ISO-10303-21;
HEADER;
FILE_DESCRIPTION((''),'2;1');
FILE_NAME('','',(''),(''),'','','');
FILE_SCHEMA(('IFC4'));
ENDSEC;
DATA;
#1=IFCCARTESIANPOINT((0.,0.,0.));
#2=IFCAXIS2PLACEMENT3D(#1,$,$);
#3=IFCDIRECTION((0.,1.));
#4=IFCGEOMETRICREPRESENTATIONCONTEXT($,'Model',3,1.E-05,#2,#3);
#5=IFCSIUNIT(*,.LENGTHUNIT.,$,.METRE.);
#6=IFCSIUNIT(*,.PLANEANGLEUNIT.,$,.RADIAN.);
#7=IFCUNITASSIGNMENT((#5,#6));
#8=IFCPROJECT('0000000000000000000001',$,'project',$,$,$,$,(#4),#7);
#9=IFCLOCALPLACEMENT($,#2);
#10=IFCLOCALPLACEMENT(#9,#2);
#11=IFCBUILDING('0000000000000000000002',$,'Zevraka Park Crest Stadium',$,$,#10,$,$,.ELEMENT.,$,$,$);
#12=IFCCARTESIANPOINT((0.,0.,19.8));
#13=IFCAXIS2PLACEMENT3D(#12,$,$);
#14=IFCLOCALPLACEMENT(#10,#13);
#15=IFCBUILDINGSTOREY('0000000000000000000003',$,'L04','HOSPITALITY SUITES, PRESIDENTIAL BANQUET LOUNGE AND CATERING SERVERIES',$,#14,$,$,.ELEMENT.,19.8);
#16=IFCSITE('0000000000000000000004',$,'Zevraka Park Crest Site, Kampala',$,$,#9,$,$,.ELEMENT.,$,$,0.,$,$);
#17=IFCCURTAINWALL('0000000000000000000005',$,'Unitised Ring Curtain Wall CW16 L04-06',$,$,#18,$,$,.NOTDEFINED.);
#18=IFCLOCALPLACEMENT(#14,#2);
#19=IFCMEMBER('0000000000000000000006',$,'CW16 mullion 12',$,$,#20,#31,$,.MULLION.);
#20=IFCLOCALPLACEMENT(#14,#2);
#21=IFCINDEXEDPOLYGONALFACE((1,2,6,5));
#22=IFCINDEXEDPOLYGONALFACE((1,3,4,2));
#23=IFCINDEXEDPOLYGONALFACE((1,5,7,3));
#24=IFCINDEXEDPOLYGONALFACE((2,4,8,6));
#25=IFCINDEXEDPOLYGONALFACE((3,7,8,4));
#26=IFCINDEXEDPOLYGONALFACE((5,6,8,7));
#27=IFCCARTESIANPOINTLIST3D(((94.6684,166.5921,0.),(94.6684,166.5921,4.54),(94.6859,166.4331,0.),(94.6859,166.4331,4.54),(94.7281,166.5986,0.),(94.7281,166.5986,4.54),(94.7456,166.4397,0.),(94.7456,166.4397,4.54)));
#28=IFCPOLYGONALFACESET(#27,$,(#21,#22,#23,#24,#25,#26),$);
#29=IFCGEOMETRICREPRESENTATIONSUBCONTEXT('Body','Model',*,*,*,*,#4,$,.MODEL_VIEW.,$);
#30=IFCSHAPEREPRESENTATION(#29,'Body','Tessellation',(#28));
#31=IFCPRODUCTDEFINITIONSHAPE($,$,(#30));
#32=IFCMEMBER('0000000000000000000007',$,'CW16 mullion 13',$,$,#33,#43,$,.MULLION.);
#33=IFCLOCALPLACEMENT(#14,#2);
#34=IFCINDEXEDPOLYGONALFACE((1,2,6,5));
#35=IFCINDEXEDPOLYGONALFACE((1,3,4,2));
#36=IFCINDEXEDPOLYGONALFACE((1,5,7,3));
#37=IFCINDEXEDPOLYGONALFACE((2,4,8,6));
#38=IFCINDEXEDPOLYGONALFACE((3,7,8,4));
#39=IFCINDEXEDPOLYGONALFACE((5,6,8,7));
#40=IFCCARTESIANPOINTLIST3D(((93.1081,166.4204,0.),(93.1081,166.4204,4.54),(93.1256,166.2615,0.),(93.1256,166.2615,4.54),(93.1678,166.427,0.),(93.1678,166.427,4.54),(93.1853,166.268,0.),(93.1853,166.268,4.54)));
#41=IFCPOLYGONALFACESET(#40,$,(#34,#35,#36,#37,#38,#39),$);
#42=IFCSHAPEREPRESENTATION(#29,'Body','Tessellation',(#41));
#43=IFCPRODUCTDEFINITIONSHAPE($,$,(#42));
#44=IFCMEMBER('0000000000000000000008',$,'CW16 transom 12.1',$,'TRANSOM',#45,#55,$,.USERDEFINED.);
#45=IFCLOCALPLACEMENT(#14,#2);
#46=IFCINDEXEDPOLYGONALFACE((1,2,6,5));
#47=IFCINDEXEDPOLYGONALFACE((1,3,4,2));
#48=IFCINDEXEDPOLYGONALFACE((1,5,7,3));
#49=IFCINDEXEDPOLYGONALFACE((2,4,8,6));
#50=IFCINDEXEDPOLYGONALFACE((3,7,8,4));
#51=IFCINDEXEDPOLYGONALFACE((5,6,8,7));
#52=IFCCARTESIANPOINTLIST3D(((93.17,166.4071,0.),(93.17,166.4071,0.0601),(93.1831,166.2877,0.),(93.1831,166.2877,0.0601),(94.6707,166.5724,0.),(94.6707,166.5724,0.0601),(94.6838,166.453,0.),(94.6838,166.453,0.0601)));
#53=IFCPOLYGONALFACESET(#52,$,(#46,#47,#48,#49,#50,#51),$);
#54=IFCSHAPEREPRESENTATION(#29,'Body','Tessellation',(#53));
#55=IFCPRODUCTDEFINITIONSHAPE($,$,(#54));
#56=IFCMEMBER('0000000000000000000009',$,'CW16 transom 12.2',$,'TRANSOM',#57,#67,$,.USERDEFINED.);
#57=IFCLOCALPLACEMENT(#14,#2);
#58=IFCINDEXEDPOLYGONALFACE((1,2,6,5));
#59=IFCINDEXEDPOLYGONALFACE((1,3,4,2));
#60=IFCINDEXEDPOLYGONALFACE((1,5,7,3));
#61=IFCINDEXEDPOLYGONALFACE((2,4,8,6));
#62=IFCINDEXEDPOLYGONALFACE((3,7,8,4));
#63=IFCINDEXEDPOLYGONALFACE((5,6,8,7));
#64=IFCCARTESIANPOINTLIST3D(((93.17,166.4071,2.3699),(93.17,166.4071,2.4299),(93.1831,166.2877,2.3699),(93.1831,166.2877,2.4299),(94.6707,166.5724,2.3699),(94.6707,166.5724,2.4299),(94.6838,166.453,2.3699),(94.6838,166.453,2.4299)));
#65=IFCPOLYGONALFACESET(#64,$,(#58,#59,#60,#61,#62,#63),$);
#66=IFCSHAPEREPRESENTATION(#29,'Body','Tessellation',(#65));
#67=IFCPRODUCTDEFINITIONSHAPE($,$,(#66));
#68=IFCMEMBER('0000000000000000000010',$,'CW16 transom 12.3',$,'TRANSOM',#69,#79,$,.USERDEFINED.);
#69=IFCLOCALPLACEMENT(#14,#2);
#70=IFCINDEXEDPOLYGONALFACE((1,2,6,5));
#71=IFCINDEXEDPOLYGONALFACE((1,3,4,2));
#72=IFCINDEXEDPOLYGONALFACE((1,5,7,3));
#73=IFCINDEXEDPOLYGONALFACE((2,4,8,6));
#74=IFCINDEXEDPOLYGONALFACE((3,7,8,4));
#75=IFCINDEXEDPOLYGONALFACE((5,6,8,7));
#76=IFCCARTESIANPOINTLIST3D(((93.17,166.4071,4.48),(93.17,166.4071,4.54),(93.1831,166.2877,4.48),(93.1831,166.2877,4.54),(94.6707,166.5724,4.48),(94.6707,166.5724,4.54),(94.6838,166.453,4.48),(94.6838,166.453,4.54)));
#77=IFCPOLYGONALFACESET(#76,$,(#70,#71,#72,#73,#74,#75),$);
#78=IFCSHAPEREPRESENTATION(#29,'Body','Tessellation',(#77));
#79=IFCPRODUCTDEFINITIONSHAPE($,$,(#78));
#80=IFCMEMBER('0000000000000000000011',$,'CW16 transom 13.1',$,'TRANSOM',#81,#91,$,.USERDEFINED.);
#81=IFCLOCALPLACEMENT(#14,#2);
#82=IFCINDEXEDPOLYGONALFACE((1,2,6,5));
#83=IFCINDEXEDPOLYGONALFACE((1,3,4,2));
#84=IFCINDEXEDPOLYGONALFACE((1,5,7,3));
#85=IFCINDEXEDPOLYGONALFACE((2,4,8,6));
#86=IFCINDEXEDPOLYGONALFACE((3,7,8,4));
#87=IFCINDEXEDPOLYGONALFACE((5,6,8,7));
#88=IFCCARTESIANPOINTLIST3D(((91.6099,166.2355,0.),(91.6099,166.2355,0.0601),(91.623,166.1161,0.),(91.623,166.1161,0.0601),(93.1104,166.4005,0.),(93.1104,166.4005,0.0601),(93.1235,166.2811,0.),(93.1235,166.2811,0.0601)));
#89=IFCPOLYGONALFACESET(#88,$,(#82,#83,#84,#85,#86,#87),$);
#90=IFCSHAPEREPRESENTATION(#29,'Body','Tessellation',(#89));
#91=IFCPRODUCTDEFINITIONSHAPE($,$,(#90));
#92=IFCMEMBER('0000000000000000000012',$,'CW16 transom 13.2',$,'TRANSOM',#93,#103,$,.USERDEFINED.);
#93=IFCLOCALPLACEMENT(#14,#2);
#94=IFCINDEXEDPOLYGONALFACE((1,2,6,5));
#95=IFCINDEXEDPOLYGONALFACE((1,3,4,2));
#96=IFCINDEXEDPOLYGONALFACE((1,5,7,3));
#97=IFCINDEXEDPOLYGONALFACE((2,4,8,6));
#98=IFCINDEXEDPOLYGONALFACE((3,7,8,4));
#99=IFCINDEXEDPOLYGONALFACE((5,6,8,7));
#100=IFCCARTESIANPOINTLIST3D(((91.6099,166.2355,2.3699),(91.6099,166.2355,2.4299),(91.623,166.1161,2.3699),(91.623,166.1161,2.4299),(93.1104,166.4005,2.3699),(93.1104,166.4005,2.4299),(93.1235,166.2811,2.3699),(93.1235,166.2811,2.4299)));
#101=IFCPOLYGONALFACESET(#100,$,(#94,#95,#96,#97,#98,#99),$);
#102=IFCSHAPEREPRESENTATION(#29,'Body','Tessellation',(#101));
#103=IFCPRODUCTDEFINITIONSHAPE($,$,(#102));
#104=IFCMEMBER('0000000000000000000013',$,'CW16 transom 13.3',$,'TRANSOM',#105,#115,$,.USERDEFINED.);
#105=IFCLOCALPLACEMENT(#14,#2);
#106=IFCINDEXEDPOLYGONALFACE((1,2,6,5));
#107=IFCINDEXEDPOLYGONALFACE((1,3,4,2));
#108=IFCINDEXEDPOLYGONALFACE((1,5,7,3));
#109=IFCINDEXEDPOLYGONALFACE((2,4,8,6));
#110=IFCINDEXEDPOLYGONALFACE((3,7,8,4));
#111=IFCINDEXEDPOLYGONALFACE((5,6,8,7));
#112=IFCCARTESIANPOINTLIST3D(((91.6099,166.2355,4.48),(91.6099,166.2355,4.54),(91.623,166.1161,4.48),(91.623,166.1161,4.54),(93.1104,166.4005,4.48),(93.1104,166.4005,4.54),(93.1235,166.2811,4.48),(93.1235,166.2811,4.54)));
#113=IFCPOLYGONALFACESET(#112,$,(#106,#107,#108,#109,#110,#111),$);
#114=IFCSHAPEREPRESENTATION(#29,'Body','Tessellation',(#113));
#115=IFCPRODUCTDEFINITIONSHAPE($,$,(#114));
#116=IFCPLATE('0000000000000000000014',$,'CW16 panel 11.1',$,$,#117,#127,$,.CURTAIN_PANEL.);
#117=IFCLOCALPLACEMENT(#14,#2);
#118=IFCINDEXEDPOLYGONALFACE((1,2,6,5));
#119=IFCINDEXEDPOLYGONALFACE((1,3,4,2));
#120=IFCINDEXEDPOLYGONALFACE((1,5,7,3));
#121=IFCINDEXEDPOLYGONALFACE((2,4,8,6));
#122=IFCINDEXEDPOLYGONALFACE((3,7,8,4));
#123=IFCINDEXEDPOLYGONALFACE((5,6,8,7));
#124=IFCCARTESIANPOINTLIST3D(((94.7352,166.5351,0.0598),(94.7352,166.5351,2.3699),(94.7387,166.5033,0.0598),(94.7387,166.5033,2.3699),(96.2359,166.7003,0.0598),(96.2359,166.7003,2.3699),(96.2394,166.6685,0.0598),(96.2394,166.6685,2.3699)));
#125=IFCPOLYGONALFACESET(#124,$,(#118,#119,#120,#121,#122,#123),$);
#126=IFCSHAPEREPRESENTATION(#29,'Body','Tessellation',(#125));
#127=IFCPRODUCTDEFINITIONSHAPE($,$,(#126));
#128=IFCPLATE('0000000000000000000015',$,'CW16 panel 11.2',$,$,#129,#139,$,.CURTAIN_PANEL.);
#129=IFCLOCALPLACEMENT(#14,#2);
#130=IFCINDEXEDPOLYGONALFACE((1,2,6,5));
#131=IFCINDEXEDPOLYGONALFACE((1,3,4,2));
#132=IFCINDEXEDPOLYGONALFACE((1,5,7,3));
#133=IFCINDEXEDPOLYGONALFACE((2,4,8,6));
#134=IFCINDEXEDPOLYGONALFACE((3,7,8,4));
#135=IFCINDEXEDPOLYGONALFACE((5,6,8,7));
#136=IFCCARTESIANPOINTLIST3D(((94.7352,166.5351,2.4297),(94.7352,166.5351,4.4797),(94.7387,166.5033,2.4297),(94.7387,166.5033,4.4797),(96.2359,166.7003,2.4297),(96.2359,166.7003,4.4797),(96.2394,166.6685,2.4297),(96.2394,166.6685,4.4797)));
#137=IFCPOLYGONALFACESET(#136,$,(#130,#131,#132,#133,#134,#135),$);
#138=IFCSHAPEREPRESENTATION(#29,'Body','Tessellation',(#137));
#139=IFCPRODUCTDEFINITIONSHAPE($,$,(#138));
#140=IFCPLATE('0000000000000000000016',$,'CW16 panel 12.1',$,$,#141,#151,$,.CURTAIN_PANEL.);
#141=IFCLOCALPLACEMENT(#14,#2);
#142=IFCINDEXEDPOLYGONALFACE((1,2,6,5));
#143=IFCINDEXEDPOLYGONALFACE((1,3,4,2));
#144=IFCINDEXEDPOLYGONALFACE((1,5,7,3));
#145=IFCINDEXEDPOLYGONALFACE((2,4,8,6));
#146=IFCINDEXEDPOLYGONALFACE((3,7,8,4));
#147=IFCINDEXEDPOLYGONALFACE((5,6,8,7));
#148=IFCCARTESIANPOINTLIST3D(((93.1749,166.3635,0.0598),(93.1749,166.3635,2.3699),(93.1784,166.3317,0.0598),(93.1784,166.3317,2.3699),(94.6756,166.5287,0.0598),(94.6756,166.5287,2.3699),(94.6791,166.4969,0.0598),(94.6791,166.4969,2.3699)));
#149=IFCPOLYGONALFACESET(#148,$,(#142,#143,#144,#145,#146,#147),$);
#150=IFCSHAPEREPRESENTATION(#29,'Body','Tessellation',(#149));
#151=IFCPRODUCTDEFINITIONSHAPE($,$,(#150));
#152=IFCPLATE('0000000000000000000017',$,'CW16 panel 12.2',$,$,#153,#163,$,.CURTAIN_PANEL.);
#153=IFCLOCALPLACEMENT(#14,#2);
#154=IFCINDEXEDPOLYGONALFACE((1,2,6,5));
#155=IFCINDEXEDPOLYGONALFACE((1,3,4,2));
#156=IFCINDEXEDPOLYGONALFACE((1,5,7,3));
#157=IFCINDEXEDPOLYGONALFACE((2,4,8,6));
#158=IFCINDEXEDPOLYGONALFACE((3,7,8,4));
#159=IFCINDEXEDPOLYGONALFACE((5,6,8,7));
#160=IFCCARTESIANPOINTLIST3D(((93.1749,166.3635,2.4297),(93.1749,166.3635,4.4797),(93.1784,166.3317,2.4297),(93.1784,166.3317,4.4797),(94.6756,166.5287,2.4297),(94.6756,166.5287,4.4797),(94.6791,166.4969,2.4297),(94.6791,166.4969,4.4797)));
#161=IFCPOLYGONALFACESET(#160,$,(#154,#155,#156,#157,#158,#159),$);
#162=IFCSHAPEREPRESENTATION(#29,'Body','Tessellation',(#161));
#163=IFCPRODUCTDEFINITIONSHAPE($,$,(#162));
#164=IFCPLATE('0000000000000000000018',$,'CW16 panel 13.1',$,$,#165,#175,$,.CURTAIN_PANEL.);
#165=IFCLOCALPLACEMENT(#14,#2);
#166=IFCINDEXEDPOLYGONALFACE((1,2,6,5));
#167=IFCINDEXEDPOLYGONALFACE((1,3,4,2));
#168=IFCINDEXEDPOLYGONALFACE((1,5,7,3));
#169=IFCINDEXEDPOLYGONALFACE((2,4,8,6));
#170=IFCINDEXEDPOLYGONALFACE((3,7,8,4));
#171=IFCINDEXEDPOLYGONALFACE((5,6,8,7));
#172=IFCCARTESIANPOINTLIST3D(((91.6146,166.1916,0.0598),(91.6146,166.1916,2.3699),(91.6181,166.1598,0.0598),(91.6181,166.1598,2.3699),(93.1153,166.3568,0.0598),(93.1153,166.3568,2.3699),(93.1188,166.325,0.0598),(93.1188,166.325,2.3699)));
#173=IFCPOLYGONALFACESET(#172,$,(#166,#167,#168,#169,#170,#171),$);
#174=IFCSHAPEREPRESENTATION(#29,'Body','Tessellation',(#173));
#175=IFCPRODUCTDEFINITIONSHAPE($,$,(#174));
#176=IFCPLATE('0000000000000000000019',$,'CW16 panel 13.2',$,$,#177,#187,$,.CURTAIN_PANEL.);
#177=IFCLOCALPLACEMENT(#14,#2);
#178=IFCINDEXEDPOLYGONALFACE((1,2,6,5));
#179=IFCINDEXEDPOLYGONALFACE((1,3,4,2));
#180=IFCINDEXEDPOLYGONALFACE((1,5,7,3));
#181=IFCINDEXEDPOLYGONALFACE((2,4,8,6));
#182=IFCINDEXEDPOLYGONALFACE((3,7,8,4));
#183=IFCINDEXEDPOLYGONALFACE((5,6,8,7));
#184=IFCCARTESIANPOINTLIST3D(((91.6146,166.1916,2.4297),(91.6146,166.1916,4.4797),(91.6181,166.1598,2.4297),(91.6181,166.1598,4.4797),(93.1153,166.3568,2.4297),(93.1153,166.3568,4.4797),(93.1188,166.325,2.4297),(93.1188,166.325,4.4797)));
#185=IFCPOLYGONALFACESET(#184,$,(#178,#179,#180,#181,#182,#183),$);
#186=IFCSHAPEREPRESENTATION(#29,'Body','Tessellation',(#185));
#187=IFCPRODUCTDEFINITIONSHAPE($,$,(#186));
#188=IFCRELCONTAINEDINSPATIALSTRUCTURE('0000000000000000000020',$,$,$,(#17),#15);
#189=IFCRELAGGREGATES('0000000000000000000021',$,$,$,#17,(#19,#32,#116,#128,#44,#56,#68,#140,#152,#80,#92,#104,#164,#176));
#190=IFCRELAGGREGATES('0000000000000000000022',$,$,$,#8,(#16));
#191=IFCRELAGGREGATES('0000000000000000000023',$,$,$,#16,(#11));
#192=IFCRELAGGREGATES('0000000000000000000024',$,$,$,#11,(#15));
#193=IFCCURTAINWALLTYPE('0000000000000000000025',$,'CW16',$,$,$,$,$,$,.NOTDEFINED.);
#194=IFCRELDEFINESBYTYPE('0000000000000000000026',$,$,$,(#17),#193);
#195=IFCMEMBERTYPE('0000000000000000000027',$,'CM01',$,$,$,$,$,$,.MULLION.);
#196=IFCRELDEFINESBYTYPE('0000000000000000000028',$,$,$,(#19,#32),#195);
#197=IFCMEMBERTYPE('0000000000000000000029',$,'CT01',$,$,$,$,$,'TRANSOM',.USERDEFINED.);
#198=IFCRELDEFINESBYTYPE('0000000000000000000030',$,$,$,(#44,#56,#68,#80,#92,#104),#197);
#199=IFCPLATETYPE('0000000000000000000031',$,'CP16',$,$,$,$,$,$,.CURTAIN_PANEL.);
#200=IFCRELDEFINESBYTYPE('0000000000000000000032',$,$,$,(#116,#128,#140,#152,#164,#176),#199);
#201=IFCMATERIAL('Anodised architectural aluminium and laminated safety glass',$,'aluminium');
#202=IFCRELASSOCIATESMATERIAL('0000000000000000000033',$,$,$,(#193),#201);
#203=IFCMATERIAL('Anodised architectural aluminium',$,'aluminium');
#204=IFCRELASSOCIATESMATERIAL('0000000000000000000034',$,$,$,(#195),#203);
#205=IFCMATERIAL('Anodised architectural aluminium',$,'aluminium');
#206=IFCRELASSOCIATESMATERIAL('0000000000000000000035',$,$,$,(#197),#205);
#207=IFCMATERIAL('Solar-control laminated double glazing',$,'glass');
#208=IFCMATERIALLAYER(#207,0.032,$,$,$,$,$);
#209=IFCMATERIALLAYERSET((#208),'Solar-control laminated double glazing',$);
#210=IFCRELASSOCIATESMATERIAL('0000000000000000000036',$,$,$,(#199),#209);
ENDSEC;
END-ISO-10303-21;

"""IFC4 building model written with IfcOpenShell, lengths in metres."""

from ifc_helpers import new_model, si_unit, direction, frame, origin, origin_2d, place, context, subcontext, project, spatial, rectangle, extrude, material, layer, layer_set, material_profile, profile_set, type_object, element, aggregate, save


model = new_model("IFC4")

# Units and contexts
model_context = context("Model", 3, precision=1e-05, world=origin(), true_north=direction((0.0, 1.0)))
body_context = subcontext(model_context, "Body", "Model", "MODEL_VIEW")
ifc_project = project(units=[si_unit("LENGTHUNIT", "METRE"), si_unit("PLANEANGLEUNIT", "RADIAN")], contexts=[model_context])

# Site, building, storey
site_placement = place(None, origin())
site = spatial("IfcSite", under=ifc_project, at=site_placement, Name="Zevraka Park Crest Site, Kampala", CompositionType="ELEMENT", RefElevation=0.0)
building_placement = place(site_placement, origin())
building = spatial("IfcBuilding", under=site, at=building_placement, Name="Zevraka Park Crest Stadium", CompositionType="ELEMENT")
storey_placement = place(building_placement, frame((0.0, 0.0, 19.8)))
storey = spatial("IfcBuildingStorey", under=building, at=storey_placement, Name="L04", Description="HOSPITALITY SUITES, PRESIDENTIAL BANQUET LOUNGE AND CATERING SERVERIES", CompositionType="ELEMENT", Elevation=19.8)

# Curtain wall, members, plates
ifc_material_1 = material(Name="Anodised architectural aluminium and laminated safety glass", Category="aluminium")
curtain_wall_type = type_object("IfcCurtainWallType", Name="CW16", PredefinedType="NOTDEFINED", material=ifc_material_1)
curtain_wall_placement = place(storey_placement, origin())
curtain_wall = element("IfcCurtainWall", 1, at=curtain_wall_placement, inside=storey, type_object=curtain_wall_type, Name="Unitised Ring Curtain Wall CW16 L04-06", PredefinedType="NOTDEFINED")
ifc_material_2 = material(Name="Anodised architectural aluminium", Category="aluminium")
ifc_material_profile_1 = material_profile(ifc_material_2, rectangle(XDim=0.1599, YDim=0.0601, at=origin_2d()), Name="ALU MULLION 160x60")
ifc_profile_set_1 = profile_set([ifc_material_profile_1], Name="Anodised architectural aluminium")
member_type_1 = type_object("IfcMemberType", Name="CM01", PredefinedType="MULLION", material=ifc_profile_set_1)
member_1_placement = place(storey_placement, frame((94.707, 166.5159, 0.0), z_axis=(0.0, 0.0, 1.0), x_axis=(0.109406, -0.993997, 0.0)))
member_1 = element("IfcMember", 2, at=member_1_placement, type_object=member_type_1, Name="CW16 mullion 12", PredefinedType="MULLION", context=body_context, shape_type="SweptSolid", body=[
    extrude(rectangle(XDim=0.1599, YDim=0.0601, at=origin_2d()), origin(), (0.0, 0.0, 1.0), 4.54),
])
member_2_placement = place(storey_placement, frame((93.1467, 166.3442, 0.0), z_axis=(0.0, 0.0, 1.0), x_axis=(0.109406, -0.993997, 0.0)))
member_2 = element("IfcMember", 3, at=member_2_placement, type_object=member_type_1, Name="CW16 mullion 13", PredefinedType="MULLION", context=body_context, shape_type="SweptSolid", body=[
    extrude(rectangle(XDim=0.1599, YDim=0.0601, at=origin_2d()), origin(), (0.0, 0.0, 1.0), 4.54),
])
ifc_material_3 = material(Name="Anodised architectural aluminium", Category="aluminium")
ifc_material_profile_2 = material_profile(ifc_material_3, rectangle(XDim=0.1201, YDim=0.0601, at=origin_2d()), Name="ALU TRANSOM 120x60")
ifc_profile_set_2 = profile_set([ifc_material_profile_2], Name="Anodised architectural aluminium")
member_type_2 = type_object("IfcMemberType", Name="CT01", ElementType="TRANSOM", PredefinedType="USERDEFINED", material=ifc_profile_set_2)
member_3_placement = place(storey_placement, frame((94.6772, 166.5127, 0.03), z_axis=(-0.99399, -0.109473, 0.0), x_axis=(0.109473, -0.99399, 0.0)))
member_3 = element("IfcMember", 4, at=member_3_placement, type_object=member_type_2, Name="CW16 transom 12.1", ObjectType="TRANSOM", PredefinedType="USERDEFINED", context=body_context, shape_type="SweptSolid", body=[
    extrude(rectangle(XDim=0.1201, YDim=0.0601, at=origin_2d()), origin(), (0.0, 0.0, 1.0), 1.5098),
])
member_4_placement = place(storey_placement, frame((94.6772, 166.5127, 2.3999), z_axis=(-0.99399, -0.109473, 0.0), x_axis=(0.109473, -0.99399, 0.0)))
member_4 = element("IfcMember", 5, at=member_4_placement, type_object=member_type_2, Name="CW16 transom 12.2", ObjectType="TRANSOM", PredefinedType="USERDEFINED", context=body_context, shape_type="SweptSolid", body=[
    extrude(rectangle(XDim=0.1201, YDim=0.0601, at=origin_2d()), origin(), (0.0, 0.0, 1.0), 1.5098),
])
member_5_placement = place(storey_placement, frame((94.6772, 166.5127, 4.51), z_axis=(-0.99399, -0.109473, 0.0), x_axis=(0.109473, -0.99399, 0.0)))
member_5 = element("IfcMember", 6, at=member_5_placement, type_object=member_type_2, Name="CW16 transom 12.3", ObjectType="TRANSOM", PredefinedType="USERDEFINED", context=body_context, shape_type="SweptSolid", body=[
    extrude(rectangle(XDim=0.1201, YDim=0.0601, at=origin_2d()), origin(), (0.0, 0.0, 1.0), 1.5098),
])
member_6_placement = place(storey_placement, frame((93.1169, 166.3408, 0.03), z_axis=(-0.994005, -0.109331, 0.0), x_axis=(0.109331, -0.994005, 0.0)))
member_6 = element("IfcMember", 7, at=member_6_placement, type_object=member_type_2, Name="CW16 transom 13.1", ObjectType="TRANSOM", PredefinedType="USERDEFINED", context=body_context, shape_type="SweptSolid", body=[
    extrude(rectangle(XDim=0.1201, YDim=0.0601, at=origin_2d()), origin(), (0.0, 0.0, 1.0), 1.5095),
])
member_7_placement = place(storey_placement, frame((93.1169, 166.3408, 2.3999), z_axis=(-0.994005, -0.109331, 0.0), x_axis=(0.109331, -0.994005, 0.0)))
member_7 = element("IfcMember", 8, at=member_7_placement, type_object=member_type_2, Name="CW16 transom 13.2", ObjectType="TRANSOM", PredefinedType="USERDEFINED", context=body_context, shape_type="SweptSolid", body=[
    extrude(rectangle(XDim=0.1201, YDim=0.0601, at=origin_2d()), origin(), (0.0, 0.0, 1.0), 1.5095),
])
member_8_placement = place(storey_placement, frame((93.1169, 166.3408, 4.51), z_axis=(-0.994005, -0.109331, 0.0), x_axis=(0.109331, -0.994005, 0.0)))
member_8 = element("IfcMember", 9, at=member_8_placement, type_object=member_type_2, Name="CW16 transom 13.3", ObjectType="TRANSOM", PredefinedType="USERDEFINED", context=body_context, shape_type="SweptSolid", body=[
    extrude(rectangle(XDim=0.1201, YDim=0.0601, at=origin_2d()), origin(), (0.0, 0.0, 1.0), 1.5095),
])
ifc_material_4 = material(Name="Solar-control laminated double glazing", Category="glass")
ifc_layer_1 = layer(ifc_material_4, 0.032)
ifc_layer_set_1 = layer_set([ifc_layer_1], Name="Solar-control laminated double glazing")
plate_type = type_object("IfcPlateType", Name="CP16", PredefinedType="CURTAIN_PANEL", material=ifc_layer_set_1)
plate_1_placement = place(storey_placement, frame((95.4873, 166.6018, 0.0598), z_axis=(0.0, 0.0, 1.0), x_axis=(-0.993997, -0.109406, 0.0)))
plate_1 = element("IfcPlate", 10, at=plate_1_placement, type_object=plate_type, Name="CW16 panel 11.1", PredefinedType="CURTAIN_PANEL", context=body_context, shape_type="SweptSolid", body=[
    extrude(rectangle(XDim=1.5098, YDim=0.032, at=origin_2d()), origin(), (0.0, 0.0, 1.0), 2.3101),
])
plate_2_placement = place(storey_placement, frame((95.4873, 166.6018, 2.4297), z_axis=(0.0, 0.0, 1.0), x_axis=(-0.993997, -0.109406, 0.0)))
plate_2 = element("IfcPlate", 11, at=plate_2_placement, type_object=plate_type, Name="CW16 panel 11.2", PredefinedType="CURTAIN_PANEL", context=body_context, shape_type="SweptSolid", body=[
    extrude(rectangle(XDim=1.5098, YDim=0.032, at=origin_2d()), origin(), (0.0, 0.0, 1.0), 2.05),
])
plate_3_placement = place(storey_placement, frame((93.927, 166.4302, 0.0598), z_axis=(0.0, 0.0, 1.0), x_axis=(-0.993997, -0.109406, 0.0)))
plate_3 = element("IfcPlate", 12, at=plate_3_placement, type_object=plate_type, Name="CW16 panel 12.1", PredefinedType="CURTAIN_PANEL", context=body_context, shape_type="SweptSolid", body=[
    extrude(rectangle(XDim=1.5098, YDim=0.032, at=origin_2d()), origin(), (0.0, 0.0, 1.0), 2.3101),
])
plate_4_placement = place(storey_placement, frame((93.927, 166.4302, 2.4297), z_axis=(0.0, 0.0, 1.0), x_axis=(-0.993997, -0.109406, 0.0)))
plate_4 = element("IfcPlate", 13, at=plate_4_placement, type_object=plate_type, Name="CW16 panel 12.2", PredefinedType="CURTAIN_PANEL", context=body_context, shape_type="SweptSolid", body=[
    extrude(rectangle(XDim=1.5098, YDim=0.032, at=origin_2d()), origin(), (0.0, 0.0, 1.0), 2.05),
])
plate_5_placement = place(storey_placement, frame((92.3667, 166.2583, 0.0598), z_axis=(0.0, 0.0, 1.0), x_axis=(-0.993997, -0.109406, 0.0)))
plate_5 = element("IfcPlate", 14, at=plate_5_placement, type_object=plate_type, Name="CW16 panel 13.1", PredefinedType="CURTAIN_PANEL", context=body_context, shape_type="SweptSolid", body=[
    extrude(rectangle(XDim=1.5098, YDim=0.032, at=origin_2d()), origin(), (0.0, 0.0, 1.0), 2.3101),
])
plate_6_placement = place(storey_placement, frame((92.3667, 166.2583, 2.4297), z_axis=(0.0, 0.0, 1.0), x_axis=(-0.993997, -0.109406, 0.0)))
plate_6 = element("IfcPlate", 15, at=plate_6_placement, type_object=plate_type, Name="CW16 panel 13.2", PredefinedType="CURTAIN_PANEL", context=body_context, shape_type="SweptSolid", body=[
    extrude(rectangle(XDim=1.5098, YDim=0.032, at=origin_2d()), origin(), (0.0, 0.0, 1.0), 2.05),
])
aggregate(curtain_wall, [member_1, member_2, plate_1, plate_2, member_3, member_4, member_5, plate_3, plate_4, member_6, member_7, member_8, plate_5, plate_6])

save(model, "model.ifc")
